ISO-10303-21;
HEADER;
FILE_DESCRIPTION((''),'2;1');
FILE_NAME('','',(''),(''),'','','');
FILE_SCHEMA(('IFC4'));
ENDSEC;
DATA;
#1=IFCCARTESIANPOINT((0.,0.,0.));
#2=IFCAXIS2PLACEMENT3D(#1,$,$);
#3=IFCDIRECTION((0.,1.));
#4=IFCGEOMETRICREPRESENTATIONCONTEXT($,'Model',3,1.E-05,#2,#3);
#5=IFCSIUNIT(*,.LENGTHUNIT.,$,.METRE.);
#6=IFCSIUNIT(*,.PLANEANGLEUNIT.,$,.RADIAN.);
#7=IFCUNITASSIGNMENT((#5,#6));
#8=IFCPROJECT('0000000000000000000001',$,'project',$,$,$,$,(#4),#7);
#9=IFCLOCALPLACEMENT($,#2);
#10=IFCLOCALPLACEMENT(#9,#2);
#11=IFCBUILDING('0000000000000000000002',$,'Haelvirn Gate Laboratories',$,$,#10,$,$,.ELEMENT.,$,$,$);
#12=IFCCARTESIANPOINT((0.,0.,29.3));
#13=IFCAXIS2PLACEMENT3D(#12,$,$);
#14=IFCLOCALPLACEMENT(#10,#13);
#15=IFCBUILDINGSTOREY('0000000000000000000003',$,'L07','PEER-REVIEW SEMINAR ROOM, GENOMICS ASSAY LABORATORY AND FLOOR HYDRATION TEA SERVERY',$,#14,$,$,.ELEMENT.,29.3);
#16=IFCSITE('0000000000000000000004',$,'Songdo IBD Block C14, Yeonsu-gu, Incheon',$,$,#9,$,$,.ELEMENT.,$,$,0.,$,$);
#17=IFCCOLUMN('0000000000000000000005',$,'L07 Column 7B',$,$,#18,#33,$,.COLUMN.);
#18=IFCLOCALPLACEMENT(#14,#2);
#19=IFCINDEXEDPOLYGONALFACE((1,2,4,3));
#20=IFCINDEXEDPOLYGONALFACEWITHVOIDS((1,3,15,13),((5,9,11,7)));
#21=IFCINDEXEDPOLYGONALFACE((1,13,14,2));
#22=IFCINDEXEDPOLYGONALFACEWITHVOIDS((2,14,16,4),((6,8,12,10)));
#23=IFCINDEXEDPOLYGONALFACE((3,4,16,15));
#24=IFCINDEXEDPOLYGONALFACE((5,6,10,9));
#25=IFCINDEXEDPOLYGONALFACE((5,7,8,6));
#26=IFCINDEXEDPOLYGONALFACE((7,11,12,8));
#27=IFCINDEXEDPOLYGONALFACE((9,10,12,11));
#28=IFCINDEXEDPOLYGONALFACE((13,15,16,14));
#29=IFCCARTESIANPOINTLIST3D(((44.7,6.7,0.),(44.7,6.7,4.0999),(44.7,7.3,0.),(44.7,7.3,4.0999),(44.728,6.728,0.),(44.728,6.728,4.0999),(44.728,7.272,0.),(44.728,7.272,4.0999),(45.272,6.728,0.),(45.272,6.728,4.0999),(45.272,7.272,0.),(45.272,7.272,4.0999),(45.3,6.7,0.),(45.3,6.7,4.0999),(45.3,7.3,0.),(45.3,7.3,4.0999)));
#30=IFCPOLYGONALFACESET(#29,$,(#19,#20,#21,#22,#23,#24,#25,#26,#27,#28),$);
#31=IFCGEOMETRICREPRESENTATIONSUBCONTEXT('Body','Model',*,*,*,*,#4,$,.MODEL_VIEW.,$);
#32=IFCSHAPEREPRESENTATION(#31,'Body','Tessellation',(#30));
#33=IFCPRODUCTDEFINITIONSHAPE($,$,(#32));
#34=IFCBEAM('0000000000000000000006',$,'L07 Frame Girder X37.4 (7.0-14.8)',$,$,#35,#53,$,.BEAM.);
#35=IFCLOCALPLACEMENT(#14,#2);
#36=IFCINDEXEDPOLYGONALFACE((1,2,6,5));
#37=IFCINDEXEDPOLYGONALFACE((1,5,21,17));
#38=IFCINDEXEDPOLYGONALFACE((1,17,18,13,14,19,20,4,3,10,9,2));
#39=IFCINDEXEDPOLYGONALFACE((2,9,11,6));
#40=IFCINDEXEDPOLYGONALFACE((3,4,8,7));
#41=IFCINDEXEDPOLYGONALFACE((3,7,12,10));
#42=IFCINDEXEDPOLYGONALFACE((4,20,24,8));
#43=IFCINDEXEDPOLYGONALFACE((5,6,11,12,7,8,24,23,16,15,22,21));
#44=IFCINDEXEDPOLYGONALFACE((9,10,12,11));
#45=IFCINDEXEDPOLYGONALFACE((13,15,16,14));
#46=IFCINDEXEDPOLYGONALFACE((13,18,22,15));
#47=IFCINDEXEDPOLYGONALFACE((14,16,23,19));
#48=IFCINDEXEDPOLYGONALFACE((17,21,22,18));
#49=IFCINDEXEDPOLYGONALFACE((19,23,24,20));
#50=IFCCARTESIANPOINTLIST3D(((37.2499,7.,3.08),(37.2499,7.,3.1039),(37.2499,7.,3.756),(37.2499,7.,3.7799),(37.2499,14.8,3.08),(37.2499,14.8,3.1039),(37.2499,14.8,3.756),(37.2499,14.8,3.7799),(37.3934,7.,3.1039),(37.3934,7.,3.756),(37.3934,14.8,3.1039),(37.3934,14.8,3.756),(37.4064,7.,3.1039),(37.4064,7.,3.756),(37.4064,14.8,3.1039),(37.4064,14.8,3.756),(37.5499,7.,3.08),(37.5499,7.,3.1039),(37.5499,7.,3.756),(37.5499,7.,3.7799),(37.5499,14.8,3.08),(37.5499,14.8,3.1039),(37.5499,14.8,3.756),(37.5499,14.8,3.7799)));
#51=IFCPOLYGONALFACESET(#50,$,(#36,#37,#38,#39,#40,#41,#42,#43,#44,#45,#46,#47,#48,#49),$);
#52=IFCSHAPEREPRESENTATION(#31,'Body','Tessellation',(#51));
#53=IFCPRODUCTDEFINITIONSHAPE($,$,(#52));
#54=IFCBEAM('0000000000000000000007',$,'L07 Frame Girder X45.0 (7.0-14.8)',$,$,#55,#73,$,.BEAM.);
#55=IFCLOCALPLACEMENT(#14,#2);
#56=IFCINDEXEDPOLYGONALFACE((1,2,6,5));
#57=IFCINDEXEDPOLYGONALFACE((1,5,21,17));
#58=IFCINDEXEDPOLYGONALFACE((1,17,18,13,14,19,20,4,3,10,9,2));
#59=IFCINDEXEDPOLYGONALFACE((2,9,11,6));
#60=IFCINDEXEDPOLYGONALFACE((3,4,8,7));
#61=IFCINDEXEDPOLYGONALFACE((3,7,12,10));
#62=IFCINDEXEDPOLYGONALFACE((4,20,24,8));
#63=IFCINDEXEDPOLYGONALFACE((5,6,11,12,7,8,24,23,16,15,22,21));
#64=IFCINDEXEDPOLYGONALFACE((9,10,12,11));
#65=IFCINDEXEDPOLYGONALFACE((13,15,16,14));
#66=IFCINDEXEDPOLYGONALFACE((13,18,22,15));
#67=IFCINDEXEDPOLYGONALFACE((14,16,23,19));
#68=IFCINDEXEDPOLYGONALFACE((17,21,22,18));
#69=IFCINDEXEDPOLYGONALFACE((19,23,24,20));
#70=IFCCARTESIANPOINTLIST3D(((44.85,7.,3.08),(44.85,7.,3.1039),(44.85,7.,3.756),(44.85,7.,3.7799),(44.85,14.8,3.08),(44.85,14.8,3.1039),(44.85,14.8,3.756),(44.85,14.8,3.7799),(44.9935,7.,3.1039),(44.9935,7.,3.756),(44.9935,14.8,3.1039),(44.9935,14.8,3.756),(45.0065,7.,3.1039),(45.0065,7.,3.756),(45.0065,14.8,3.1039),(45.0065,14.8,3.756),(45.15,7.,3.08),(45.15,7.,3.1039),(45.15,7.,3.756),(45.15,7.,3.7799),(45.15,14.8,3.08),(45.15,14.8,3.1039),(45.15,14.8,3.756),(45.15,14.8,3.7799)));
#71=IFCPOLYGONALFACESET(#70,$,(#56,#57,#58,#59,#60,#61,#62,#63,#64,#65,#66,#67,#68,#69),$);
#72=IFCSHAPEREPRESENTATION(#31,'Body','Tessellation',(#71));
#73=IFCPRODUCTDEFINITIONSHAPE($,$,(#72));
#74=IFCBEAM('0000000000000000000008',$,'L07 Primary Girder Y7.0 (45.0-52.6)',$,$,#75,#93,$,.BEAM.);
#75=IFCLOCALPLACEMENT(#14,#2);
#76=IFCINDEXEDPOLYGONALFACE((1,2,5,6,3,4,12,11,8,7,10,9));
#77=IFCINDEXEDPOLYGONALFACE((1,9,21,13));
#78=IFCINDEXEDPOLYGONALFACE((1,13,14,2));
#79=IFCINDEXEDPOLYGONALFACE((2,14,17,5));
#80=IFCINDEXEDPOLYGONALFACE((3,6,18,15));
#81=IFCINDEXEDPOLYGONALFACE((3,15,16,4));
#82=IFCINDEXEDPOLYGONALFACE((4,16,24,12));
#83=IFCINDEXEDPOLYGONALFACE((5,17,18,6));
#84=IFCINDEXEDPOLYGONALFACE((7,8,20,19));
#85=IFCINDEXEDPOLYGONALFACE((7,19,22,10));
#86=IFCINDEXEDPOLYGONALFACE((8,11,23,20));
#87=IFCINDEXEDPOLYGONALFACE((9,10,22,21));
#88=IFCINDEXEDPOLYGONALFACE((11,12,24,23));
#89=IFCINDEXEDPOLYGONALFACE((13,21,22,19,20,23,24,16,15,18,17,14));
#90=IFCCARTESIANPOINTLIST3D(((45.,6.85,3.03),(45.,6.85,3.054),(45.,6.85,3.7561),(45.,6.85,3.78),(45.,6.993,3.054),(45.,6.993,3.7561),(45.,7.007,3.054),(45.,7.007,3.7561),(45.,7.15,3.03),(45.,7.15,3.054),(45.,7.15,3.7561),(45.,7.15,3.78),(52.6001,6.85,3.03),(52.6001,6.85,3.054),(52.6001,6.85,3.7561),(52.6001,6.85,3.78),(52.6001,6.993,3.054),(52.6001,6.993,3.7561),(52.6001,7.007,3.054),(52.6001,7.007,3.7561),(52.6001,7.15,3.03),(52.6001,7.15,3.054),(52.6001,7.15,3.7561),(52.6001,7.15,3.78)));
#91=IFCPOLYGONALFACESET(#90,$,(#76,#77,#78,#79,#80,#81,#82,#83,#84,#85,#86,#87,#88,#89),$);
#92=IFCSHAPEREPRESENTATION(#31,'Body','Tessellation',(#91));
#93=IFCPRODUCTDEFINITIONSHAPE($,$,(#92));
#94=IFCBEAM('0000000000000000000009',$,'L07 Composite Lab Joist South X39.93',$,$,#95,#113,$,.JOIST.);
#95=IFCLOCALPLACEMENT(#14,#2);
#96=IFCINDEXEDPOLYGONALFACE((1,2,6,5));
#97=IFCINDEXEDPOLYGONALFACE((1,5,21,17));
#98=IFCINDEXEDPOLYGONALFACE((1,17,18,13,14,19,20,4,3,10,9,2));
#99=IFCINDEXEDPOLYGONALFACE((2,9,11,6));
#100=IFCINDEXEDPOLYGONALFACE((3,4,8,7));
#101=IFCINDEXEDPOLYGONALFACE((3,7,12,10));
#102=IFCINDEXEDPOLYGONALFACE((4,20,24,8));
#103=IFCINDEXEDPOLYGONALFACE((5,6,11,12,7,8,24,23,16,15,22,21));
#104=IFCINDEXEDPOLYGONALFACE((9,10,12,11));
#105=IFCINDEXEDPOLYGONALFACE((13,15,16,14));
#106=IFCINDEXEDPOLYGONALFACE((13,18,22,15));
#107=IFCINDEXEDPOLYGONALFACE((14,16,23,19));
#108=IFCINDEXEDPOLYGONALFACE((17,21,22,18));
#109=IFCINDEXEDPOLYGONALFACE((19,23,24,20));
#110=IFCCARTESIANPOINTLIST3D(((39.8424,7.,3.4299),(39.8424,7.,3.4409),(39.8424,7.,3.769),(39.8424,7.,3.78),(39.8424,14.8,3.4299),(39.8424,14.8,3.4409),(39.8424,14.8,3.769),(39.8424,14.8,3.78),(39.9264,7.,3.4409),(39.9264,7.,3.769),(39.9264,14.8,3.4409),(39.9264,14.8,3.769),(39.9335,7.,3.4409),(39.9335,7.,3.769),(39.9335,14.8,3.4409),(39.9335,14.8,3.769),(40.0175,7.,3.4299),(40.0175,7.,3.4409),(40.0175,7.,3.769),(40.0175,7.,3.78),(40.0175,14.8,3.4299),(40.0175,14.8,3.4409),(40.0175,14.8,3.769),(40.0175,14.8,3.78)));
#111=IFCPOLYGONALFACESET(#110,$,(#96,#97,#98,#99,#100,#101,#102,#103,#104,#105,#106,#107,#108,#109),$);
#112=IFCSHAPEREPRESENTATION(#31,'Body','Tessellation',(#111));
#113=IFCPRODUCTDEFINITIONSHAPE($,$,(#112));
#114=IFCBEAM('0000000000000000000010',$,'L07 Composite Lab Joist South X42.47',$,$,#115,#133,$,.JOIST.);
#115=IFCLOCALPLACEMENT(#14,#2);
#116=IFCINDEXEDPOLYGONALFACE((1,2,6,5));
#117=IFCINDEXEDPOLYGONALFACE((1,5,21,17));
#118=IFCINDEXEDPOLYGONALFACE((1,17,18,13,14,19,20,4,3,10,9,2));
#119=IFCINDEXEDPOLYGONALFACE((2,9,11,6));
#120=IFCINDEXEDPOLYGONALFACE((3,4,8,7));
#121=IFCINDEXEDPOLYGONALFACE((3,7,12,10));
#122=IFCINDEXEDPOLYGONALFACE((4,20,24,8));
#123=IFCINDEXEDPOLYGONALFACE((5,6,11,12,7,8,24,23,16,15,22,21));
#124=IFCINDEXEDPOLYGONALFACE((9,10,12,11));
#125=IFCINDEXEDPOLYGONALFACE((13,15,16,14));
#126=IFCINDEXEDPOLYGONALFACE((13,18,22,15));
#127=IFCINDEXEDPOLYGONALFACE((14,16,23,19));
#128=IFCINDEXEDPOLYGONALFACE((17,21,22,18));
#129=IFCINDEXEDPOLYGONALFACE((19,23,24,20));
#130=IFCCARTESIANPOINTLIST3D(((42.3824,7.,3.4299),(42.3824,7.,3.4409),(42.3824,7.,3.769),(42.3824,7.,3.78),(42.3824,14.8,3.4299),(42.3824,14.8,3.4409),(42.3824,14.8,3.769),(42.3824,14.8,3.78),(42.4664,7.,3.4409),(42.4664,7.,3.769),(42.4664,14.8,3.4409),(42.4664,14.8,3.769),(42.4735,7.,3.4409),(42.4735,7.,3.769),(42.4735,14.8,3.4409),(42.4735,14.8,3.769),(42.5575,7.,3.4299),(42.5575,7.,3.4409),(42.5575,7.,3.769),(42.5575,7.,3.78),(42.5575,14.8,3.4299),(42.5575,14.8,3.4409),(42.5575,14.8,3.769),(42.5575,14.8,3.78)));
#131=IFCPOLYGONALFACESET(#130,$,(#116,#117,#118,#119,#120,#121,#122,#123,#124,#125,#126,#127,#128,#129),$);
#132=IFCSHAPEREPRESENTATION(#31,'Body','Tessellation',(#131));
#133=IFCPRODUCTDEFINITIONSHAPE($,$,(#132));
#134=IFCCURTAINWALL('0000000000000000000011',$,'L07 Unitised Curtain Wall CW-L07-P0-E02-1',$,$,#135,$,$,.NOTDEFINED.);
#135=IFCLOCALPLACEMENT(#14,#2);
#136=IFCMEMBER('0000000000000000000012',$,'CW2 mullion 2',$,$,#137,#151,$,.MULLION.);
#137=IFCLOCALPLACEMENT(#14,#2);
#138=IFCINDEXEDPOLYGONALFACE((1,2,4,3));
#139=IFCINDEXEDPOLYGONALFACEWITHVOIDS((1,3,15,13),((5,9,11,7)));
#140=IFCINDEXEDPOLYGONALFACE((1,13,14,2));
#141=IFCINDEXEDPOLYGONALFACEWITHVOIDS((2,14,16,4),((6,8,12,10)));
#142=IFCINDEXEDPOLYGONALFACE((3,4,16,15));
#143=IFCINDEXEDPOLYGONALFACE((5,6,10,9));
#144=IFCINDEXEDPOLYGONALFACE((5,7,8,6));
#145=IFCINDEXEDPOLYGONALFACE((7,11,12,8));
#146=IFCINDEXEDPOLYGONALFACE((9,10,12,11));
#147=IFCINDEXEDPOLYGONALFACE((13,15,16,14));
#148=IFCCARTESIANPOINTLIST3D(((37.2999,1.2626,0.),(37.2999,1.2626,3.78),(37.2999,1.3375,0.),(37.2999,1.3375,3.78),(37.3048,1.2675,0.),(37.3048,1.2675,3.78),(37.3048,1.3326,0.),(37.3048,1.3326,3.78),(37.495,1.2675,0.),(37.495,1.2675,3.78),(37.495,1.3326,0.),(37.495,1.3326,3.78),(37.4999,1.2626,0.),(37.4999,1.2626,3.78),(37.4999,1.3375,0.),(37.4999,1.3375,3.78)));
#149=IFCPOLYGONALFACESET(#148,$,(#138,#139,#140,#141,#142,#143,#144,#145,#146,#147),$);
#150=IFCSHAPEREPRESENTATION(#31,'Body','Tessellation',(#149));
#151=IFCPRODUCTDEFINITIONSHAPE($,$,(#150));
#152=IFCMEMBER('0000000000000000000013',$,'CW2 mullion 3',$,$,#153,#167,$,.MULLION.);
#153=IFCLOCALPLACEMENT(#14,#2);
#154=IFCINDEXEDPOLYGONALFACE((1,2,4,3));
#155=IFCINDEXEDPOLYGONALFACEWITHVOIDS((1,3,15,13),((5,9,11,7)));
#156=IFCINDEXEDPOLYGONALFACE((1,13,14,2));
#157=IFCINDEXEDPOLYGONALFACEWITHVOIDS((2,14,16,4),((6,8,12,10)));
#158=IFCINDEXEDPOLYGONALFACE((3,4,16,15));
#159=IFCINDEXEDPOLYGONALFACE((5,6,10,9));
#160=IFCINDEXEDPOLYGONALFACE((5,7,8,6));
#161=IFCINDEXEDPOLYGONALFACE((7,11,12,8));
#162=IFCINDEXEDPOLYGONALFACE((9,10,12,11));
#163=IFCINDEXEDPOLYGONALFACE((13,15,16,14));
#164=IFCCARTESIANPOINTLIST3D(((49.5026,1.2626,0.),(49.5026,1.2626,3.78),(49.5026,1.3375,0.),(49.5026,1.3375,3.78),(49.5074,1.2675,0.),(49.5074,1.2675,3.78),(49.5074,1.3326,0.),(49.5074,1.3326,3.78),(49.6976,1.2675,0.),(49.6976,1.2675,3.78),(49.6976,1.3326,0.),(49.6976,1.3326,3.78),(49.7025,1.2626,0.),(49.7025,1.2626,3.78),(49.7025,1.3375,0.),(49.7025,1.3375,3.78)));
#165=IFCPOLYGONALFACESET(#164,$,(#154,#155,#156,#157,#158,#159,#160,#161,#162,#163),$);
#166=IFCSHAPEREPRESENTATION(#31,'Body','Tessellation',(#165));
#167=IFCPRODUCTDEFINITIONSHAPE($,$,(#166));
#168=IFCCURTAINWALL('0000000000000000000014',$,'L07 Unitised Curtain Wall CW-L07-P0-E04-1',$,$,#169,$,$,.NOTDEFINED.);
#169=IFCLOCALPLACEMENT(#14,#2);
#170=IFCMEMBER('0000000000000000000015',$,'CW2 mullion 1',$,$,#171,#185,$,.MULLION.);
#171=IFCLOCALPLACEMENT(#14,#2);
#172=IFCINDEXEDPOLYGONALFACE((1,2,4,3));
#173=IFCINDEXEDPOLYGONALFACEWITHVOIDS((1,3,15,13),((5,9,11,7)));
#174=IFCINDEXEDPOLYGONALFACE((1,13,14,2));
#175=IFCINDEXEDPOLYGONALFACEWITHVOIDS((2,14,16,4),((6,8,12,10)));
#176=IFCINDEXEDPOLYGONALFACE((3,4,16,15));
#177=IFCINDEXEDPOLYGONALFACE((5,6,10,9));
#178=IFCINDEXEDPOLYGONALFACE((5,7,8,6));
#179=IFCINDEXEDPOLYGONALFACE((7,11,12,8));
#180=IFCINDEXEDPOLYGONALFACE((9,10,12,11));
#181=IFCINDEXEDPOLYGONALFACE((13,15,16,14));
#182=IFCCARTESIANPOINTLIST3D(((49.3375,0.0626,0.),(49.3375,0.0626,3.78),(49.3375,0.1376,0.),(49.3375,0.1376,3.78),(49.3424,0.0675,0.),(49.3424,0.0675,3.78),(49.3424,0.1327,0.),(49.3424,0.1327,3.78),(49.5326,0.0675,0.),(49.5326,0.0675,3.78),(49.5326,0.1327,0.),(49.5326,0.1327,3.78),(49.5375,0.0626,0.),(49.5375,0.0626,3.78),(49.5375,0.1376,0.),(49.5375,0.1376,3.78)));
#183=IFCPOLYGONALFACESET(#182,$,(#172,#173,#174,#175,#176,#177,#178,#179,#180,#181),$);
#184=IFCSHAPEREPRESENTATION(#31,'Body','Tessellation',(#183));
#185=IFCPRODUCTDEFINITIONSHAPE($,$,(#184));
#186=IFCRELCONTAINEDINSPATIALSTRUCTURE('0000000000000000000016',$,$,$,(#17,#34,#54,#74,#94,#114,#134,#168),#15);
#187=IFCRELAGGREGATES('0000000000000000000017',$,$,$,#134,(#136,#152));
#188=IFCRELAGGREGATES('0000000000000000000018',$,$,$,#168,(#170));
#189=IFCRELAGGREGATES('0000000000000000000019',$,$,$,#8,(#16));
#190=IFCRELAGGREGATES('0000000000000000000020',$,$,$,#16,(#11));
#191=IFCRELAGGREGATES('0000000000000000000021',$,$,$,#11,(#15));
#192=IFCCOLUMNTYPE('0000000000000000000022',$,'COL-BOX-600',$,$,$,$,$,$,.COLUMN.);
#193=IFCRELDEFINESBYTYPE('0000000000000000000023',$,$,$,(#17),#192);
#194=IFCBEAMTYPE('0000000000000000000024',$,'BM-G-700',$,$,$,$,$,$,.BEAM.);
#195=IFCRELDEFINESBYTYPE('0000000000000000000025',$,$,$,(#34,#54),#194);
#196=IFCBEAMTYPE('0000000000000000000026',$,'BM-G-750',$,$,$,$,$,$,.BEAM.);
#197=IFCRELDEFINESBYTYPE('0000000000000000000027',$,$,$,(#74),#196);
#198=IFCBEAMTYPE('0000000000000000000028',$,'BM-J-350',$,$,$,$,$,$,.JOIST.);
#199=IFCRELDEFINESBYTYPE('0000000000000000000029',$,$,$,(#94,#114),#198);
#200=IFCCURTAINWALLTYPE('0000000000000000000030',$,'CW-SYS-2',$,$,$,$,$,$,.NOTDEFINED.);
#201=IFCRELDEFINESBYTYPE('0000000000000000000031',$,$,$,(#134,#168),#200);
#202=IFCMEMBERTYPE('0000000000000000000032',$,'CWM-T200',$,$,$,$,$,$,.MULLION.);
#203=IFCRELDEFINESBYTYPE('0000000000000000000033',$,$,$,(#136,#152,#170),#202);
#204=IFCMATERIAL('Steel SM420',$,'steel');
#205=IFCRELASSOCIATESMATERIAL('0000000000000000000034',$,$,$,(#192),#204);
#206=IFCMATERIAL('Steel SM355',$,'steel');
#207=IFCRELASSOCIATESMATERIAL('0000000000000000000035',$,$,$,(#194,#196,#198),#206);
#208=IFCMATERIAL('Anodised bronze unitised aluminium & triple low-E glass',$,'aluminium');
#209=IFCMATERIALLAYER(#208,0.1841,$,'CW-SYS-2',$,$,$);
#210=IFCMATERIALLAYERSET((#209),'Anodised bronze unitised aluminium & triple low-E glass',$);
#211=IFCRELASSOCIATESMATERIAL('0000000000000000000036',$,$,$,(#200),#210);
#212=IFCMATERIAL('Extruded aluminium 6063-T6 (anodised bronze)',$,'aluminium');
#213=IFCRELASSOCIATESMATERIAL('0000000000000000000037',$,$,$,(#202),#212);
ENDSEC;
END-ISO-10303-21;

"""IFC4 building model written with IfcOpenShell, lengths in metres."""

from ifc_helpers import new_model, si_unit, direction, frame, origin, origin_2d, place, context, subcontext, project, spatial, hollow_rectangle, i_section, extrude, source, transform, mapped, material, layer, layer_set, material_profile, profile_set, type_object, type_shapes, element, aggregate, save


model = new_model("IFC4")

# Units and contexts
model_context = context("Model", 3, precision=1e-05, world=origin(), true_north=direction((0.0, 1.0)))
body_context = subcontext(model_context, "Body", "Model", "MODEL_VIEW")
ifc_project = project(units=[si_unit("LENGTHUNIT", "METRE"), si_unit("PLANEANGLEUNIT", "RADIAN")], contexts=[model_context])

# Site, building, storey
site_placement = place(None, origin())
site = spatial("IfcSite", under=ifc_project, at=site_placement, Name="Songdo IBD Block C14, Yeonsu-gu, Incheon", CompositionType="ELEMENT", RefElevation=0.0)
building_placement = place(site_placement, origin())
building = spatial("IfcBuilding", under=site, at=building_placement, Name="Haelvirn Gate Laboratories", CompositionType="ELEMENT")
storey_placement = place(building_placement, frame((0.0, 0.0, 29.3)))
storey = spatial("IfcBuildingStorey", under=building, at=storey_placement, Name="L07", Description="PEER-REVIEW SEMINAR ROOM, GENOMICS ASSAY LABORATORY AND FLOOR HYDRATION TEA SERVERY", CompositionType="ELEMENT", Elevation=29.3)

# Column
ifc_material_1 = material(Name="Steel SM420", Category="steel")
ifc_material_profile_1 = material_profile(ifc_material_1, hollow_rectangle(XDim=0.6001, YDim=0.6001, WallThickness=0.0281, at=origin_2d()), Name="BOX-600x600x28")
ifc_profile_set_1 = profile_set([ifc_material_profile_1], Name="Steel SM420")
column_type = type_object("IfcColumnType", Name="COL-BOX-600", PredefinedType="COLUMN", material=ifc_profile_set_1)
shared_shape_1 = source(origin(), body_context, "Body", "SweptSolid", [
    extrude(hollow_rectangle(XDim=0.6001, YDim=0.6001, WallThickness=0.0281, at=origin_2d()), origin(), (0.0, 0.0, 1.0), 4.0999),
])
type_shapes(column_type, [shared_shape_1])
column_placement = place(storey_placement, frame((45.0, 7.0, 0.0), z_axis=(0.0, 0.0, 1.0), x_axis=(1.0, 0.0, 0.0)))
element("IfcColumn", 1, at=column_placement, inside=storey, type_object=column_type, Name="L07 Column 7B", PredefinedType="COLUMN", context=body_context, shape_type="MappedRepresentation", body=[
    mapped(shared_shape_1, transform((0.0, 0.0, 0.0), scale=1.0)),
])

# Beams
ifc_material_2 = material(Name="Steel SM355", Category="steel")
ifc_material_profile_2 = material_profile(ifc_material_2, i_section(OverallWidth=0.3, OverallDepth=0.7, WebThickness=0.0129, FlangeThickness=0.0239, at=origin_2d()), Name="H-700x300x13x24")
ifc_profile_set_2 = profile_set([ifc_material_profile_2], Name="Steel SM355")
beam_type_1 = type_object("IfcBeamType", Name="BM-G-700", PredefinedType="BEAM", material=ifc_profile_set_2)
shared_shape_2 = source(origin(), body_context, "Body", "SweptSolid", [
    extrude(i_section(OverallWidth=0.3, OverallDepth=0.7, WebThickness=0.0129, FlangeThickness=0.0239, at=origin_2d()), origin(), (0.0, 0.0, 1.0), 7.8),
])
type_shapes(beam_type_1, [shared_shape_2])
for number, where, z_axis, x_axis, name in (
    (2, (37.3999, 7.0, 3.4299), (0.0, 1.0, 0.0), (-1.0, 0.0, 0.0), "L07 Frame Girder X37.4 (7.0-14.8)"),
    (3, (45.0, 7.0, 3.4299), (0.0, 1.0, 0.0), (-1.0, 0.0, 0.0), "L07 Frame Girder X45.0 (7.0-14.8)"),
):
    element("IfcBeam", number, at=place(storey_placement, frame(where, z_axis=z_axis, x_axis=x_axis)), inside=storey, type_object=beam_type_1, Name=name, PredefinedType="BEAM", context=body_context, shape_type="MappedRepresentation", body=[
        mapped(shared_shape_2, transform((0.0, 0.0, 0.0), scale=1.0)),
    ])
ifc_material_profile_3 = material_profile(ifc_material_2, i_section(OverallWidth=0.3, OverallDepth=0.75, WebThickness=0.0139, FlangeThickness=0.0239, at=origin_2d()), Name="H-750x300x14x24")
ifc_profile_set_3 = profile_set([ifc_material_profile_3], Name="Steel SM355")
beam_type_2 = type_object("IfcBeamType", Name="BM-G-750", PredefinedType="BEAM", material=ifc_profile_set_3)
shared_shape_3 = source(origin(), body_context, "Body", "SweptSolid", [
    extrude(i_section(OverallWidth=0.3, OverallDepth=0.75, WebThickness=0.0139, FlangeThickness=0.0239, at=origin_2d()), origin(), (0.0, 0.0, 1.0), 7.6001),
])
type_shapes(beam_type_2, [shared_shape_3])
beam_placement = place(storey_placement, frame((45.0, 7.0, 3.405), z_axis=(1.0, 0.0, 0.0), x_axis=(0.0, 1.0, 0.0)))
element("IfcBeam", 4, at=beam_placement, inside=storey, type_object=beam_type_2, Name="L07 Primary Girder Y7.0 (45.0-52.6)", PredefinedType="BEAM", context=body_context, shape_type="MappedRepresentation", body=[
    mapped(shared_shape_3, transform((0.0, 0.0, 0.0), scale=1.0)),
])
ifc_material_profile_4 = material_profile(ifc_material_2, i_section(OverallWidth=0.175, OverallDepth=0.3501, WebThickness=0.0071, FlangeThickness=0.011, at=origin_2d()), Name="H-350x175x7x11")
ifc_profile_set_4 = profile_set([ifc_material_profile_4], Name="Steel SM355")
beam_type_3 = type_object("IfcBeamType", Name="BM-J-350", PredefinedType="JOIST", material=ifc_profile_set_4)
shared_shape_4 = source(origin(), body_context, "Body", "SweptSolid", [
    extrude(i_section(OverallWidth=0.175, OverallDepth=0.3501, WebThickness=0.0071, FlangeThickness=0.011, at=origin_2d()), origin(), (0.0, 0.0, 1.0), 7.8),
])
type_shapes(beam_type_3, [shared_shape_4])
for number, where, z_axis, x_axis, name in (
    (5, (39.9299, 7.0, 3.605), (0.0, 1.0, 0.0), (-1.0, 0.0, 0.0), "L07 Composite Lab Joist South X39.93"),
    (6, (42.47, 7.0, 3.605), (0.0, 1.0, 0.0), (-1.0, 0.0, 0.0), "L07 Composite Lab Joist South X42.47"),
):
    element("IfcBeam", number, at=place(storey_placement, frame(where, z_axis=z_axis, x_axis=x_axis)), inside=storey, type_object=beam_type_3, Name=name, PredefinedType="JOIST", context=body_context, shape_type="MappedRepresentation", body=[
        mapped(shared_shape_4, transform((0.0, 0.0, 0.0), scale=1.0)),
    ])

# Curtain wall, members
ifc_material_3 = material(Name="Anodised bronze unitised aluminium & triple low-E glass", Category="aluminium")
ifc_layer_1 = layer(ifc_material_3, 0.1841, Name="CW-SYS-2")
ifc_layer_set_1 = layer_set([ifc_layer_1], Name="Anodised bronze unitised aluminium & triple low-E glass")
curtain_wall_type = type_object("IfcCurtainWallType", Name="CW-SYS-2", PredefinedType="NOTDEFINED", material=ifc_layer_set_1)
curtain_wall_1_placement = place(storey_placement, origin())
curtain_wall_1 = element("IfcCurtainWall", 7, at=curtain_wall_1_placement, inside=storey, type_object=curtain_wall_type, Name="L07 Unitised Curtain Wall CW-L07-P0-E02-1", PredefinedType="NOTDEFINED")
ifc_material_4 = material(Name="Extruded aluminium 6063-T6 (anodised bronze)", Category="aluminium")
ifc_material_profile_5 = material_profile(ifc_material_4, hollow_rectangle(XDim=0.075, YDim=0.2, WallThickness=0.0049, at=origin_2d()), Name="CWM-200x75x5")
ifc_profile_set_5 = profile_set([ifc_material_profile_5], Name="Extruded aluminium 6063-T6 (anodised bronze)")
member_type_1 = type_object("IfcMemberType", Name="CWM-T200", PredefinedType="MULLION", material=ifc_profile_set_5)
shared_shape_5 = source(origin(), body_context, "Body", "SweptSolid", [
    extrude(hollow_rectangle(XDim=0.075, YDim=0.2, WallThickness=0.0049, at=origin_2d()), origin(), (0.0, 0.0, 1.0), 3.78),
])
type_shapes(member_type_1, [shared_shape_5])
member_1_placement = place(storey_placement, frame((37.3999, 1.3, 0.0), z_axis=(0.0, 0.0, 1.0), x_axis=(0.0, 1.0, 0.0)))
member_1 = element("IfcMember", 8, at=member_1_placement, type_object=member_type_1, Name="CW2 mullion 2", PredefinedType="MULLION", context=body_context, shape_type="MappedRepresentation", body=[
    mapped(shared_shape_5, transform((0.0, 0.0, 0.0), scale=1.0)),
])
member_2_placement = place(storey_placement, frame((49.6025, 1.3, 0.0), z_axis=(0.0, 0.0, 1.0), x_axis=(0.0, 1.0, 0.0)))
member_2 = element("IfcMember", 9, at=member_2_placement, type_object=member_type_1, Name="CW2 mullion 3", PredefinedType="MULLION", context=body_context, shape_type="MappedRepresentation", body=[
    mapped(shared_shape_5, transform((0.0, 0.0, 0.0), scale=1.0)),
])

# Curtain wall, member
curtain_wall_2_placement = place(storey_placement, origin())
curtain_wall_2 = element("IfcCurtainWall", 10, at=curtain_wall_2_placement, inside=storey, type_object=curtain_wall_type, Name="L07 Unitised Curtain Wall CW-L07-P0-E04-1", PredefinedType="NOTDEFINED")
member_3_placement = place(storey_placement, frame((49.4375, 0.1001, 0.0), z_axis=(0.0, 0.0, 1.0), x_axis=(0.0, 1.0, 0.0)))
member_3 = element("IfcMember", 11, at=member_3_placement, type_object=member_type_1, Name="CW2 mullion 1", PredefinedType="MULLION", context=body_context, shape_type="MappedRepresentation", body=[
    mapped(shared_shape_5, transform((0.0, 0.0, 0.0), scale=1.0)),
])

aggregate(curtain_wall_1, [member_1, member_2])
aggregate(curtain_wall_2, [member_3])

save(model, "model.ifc")
